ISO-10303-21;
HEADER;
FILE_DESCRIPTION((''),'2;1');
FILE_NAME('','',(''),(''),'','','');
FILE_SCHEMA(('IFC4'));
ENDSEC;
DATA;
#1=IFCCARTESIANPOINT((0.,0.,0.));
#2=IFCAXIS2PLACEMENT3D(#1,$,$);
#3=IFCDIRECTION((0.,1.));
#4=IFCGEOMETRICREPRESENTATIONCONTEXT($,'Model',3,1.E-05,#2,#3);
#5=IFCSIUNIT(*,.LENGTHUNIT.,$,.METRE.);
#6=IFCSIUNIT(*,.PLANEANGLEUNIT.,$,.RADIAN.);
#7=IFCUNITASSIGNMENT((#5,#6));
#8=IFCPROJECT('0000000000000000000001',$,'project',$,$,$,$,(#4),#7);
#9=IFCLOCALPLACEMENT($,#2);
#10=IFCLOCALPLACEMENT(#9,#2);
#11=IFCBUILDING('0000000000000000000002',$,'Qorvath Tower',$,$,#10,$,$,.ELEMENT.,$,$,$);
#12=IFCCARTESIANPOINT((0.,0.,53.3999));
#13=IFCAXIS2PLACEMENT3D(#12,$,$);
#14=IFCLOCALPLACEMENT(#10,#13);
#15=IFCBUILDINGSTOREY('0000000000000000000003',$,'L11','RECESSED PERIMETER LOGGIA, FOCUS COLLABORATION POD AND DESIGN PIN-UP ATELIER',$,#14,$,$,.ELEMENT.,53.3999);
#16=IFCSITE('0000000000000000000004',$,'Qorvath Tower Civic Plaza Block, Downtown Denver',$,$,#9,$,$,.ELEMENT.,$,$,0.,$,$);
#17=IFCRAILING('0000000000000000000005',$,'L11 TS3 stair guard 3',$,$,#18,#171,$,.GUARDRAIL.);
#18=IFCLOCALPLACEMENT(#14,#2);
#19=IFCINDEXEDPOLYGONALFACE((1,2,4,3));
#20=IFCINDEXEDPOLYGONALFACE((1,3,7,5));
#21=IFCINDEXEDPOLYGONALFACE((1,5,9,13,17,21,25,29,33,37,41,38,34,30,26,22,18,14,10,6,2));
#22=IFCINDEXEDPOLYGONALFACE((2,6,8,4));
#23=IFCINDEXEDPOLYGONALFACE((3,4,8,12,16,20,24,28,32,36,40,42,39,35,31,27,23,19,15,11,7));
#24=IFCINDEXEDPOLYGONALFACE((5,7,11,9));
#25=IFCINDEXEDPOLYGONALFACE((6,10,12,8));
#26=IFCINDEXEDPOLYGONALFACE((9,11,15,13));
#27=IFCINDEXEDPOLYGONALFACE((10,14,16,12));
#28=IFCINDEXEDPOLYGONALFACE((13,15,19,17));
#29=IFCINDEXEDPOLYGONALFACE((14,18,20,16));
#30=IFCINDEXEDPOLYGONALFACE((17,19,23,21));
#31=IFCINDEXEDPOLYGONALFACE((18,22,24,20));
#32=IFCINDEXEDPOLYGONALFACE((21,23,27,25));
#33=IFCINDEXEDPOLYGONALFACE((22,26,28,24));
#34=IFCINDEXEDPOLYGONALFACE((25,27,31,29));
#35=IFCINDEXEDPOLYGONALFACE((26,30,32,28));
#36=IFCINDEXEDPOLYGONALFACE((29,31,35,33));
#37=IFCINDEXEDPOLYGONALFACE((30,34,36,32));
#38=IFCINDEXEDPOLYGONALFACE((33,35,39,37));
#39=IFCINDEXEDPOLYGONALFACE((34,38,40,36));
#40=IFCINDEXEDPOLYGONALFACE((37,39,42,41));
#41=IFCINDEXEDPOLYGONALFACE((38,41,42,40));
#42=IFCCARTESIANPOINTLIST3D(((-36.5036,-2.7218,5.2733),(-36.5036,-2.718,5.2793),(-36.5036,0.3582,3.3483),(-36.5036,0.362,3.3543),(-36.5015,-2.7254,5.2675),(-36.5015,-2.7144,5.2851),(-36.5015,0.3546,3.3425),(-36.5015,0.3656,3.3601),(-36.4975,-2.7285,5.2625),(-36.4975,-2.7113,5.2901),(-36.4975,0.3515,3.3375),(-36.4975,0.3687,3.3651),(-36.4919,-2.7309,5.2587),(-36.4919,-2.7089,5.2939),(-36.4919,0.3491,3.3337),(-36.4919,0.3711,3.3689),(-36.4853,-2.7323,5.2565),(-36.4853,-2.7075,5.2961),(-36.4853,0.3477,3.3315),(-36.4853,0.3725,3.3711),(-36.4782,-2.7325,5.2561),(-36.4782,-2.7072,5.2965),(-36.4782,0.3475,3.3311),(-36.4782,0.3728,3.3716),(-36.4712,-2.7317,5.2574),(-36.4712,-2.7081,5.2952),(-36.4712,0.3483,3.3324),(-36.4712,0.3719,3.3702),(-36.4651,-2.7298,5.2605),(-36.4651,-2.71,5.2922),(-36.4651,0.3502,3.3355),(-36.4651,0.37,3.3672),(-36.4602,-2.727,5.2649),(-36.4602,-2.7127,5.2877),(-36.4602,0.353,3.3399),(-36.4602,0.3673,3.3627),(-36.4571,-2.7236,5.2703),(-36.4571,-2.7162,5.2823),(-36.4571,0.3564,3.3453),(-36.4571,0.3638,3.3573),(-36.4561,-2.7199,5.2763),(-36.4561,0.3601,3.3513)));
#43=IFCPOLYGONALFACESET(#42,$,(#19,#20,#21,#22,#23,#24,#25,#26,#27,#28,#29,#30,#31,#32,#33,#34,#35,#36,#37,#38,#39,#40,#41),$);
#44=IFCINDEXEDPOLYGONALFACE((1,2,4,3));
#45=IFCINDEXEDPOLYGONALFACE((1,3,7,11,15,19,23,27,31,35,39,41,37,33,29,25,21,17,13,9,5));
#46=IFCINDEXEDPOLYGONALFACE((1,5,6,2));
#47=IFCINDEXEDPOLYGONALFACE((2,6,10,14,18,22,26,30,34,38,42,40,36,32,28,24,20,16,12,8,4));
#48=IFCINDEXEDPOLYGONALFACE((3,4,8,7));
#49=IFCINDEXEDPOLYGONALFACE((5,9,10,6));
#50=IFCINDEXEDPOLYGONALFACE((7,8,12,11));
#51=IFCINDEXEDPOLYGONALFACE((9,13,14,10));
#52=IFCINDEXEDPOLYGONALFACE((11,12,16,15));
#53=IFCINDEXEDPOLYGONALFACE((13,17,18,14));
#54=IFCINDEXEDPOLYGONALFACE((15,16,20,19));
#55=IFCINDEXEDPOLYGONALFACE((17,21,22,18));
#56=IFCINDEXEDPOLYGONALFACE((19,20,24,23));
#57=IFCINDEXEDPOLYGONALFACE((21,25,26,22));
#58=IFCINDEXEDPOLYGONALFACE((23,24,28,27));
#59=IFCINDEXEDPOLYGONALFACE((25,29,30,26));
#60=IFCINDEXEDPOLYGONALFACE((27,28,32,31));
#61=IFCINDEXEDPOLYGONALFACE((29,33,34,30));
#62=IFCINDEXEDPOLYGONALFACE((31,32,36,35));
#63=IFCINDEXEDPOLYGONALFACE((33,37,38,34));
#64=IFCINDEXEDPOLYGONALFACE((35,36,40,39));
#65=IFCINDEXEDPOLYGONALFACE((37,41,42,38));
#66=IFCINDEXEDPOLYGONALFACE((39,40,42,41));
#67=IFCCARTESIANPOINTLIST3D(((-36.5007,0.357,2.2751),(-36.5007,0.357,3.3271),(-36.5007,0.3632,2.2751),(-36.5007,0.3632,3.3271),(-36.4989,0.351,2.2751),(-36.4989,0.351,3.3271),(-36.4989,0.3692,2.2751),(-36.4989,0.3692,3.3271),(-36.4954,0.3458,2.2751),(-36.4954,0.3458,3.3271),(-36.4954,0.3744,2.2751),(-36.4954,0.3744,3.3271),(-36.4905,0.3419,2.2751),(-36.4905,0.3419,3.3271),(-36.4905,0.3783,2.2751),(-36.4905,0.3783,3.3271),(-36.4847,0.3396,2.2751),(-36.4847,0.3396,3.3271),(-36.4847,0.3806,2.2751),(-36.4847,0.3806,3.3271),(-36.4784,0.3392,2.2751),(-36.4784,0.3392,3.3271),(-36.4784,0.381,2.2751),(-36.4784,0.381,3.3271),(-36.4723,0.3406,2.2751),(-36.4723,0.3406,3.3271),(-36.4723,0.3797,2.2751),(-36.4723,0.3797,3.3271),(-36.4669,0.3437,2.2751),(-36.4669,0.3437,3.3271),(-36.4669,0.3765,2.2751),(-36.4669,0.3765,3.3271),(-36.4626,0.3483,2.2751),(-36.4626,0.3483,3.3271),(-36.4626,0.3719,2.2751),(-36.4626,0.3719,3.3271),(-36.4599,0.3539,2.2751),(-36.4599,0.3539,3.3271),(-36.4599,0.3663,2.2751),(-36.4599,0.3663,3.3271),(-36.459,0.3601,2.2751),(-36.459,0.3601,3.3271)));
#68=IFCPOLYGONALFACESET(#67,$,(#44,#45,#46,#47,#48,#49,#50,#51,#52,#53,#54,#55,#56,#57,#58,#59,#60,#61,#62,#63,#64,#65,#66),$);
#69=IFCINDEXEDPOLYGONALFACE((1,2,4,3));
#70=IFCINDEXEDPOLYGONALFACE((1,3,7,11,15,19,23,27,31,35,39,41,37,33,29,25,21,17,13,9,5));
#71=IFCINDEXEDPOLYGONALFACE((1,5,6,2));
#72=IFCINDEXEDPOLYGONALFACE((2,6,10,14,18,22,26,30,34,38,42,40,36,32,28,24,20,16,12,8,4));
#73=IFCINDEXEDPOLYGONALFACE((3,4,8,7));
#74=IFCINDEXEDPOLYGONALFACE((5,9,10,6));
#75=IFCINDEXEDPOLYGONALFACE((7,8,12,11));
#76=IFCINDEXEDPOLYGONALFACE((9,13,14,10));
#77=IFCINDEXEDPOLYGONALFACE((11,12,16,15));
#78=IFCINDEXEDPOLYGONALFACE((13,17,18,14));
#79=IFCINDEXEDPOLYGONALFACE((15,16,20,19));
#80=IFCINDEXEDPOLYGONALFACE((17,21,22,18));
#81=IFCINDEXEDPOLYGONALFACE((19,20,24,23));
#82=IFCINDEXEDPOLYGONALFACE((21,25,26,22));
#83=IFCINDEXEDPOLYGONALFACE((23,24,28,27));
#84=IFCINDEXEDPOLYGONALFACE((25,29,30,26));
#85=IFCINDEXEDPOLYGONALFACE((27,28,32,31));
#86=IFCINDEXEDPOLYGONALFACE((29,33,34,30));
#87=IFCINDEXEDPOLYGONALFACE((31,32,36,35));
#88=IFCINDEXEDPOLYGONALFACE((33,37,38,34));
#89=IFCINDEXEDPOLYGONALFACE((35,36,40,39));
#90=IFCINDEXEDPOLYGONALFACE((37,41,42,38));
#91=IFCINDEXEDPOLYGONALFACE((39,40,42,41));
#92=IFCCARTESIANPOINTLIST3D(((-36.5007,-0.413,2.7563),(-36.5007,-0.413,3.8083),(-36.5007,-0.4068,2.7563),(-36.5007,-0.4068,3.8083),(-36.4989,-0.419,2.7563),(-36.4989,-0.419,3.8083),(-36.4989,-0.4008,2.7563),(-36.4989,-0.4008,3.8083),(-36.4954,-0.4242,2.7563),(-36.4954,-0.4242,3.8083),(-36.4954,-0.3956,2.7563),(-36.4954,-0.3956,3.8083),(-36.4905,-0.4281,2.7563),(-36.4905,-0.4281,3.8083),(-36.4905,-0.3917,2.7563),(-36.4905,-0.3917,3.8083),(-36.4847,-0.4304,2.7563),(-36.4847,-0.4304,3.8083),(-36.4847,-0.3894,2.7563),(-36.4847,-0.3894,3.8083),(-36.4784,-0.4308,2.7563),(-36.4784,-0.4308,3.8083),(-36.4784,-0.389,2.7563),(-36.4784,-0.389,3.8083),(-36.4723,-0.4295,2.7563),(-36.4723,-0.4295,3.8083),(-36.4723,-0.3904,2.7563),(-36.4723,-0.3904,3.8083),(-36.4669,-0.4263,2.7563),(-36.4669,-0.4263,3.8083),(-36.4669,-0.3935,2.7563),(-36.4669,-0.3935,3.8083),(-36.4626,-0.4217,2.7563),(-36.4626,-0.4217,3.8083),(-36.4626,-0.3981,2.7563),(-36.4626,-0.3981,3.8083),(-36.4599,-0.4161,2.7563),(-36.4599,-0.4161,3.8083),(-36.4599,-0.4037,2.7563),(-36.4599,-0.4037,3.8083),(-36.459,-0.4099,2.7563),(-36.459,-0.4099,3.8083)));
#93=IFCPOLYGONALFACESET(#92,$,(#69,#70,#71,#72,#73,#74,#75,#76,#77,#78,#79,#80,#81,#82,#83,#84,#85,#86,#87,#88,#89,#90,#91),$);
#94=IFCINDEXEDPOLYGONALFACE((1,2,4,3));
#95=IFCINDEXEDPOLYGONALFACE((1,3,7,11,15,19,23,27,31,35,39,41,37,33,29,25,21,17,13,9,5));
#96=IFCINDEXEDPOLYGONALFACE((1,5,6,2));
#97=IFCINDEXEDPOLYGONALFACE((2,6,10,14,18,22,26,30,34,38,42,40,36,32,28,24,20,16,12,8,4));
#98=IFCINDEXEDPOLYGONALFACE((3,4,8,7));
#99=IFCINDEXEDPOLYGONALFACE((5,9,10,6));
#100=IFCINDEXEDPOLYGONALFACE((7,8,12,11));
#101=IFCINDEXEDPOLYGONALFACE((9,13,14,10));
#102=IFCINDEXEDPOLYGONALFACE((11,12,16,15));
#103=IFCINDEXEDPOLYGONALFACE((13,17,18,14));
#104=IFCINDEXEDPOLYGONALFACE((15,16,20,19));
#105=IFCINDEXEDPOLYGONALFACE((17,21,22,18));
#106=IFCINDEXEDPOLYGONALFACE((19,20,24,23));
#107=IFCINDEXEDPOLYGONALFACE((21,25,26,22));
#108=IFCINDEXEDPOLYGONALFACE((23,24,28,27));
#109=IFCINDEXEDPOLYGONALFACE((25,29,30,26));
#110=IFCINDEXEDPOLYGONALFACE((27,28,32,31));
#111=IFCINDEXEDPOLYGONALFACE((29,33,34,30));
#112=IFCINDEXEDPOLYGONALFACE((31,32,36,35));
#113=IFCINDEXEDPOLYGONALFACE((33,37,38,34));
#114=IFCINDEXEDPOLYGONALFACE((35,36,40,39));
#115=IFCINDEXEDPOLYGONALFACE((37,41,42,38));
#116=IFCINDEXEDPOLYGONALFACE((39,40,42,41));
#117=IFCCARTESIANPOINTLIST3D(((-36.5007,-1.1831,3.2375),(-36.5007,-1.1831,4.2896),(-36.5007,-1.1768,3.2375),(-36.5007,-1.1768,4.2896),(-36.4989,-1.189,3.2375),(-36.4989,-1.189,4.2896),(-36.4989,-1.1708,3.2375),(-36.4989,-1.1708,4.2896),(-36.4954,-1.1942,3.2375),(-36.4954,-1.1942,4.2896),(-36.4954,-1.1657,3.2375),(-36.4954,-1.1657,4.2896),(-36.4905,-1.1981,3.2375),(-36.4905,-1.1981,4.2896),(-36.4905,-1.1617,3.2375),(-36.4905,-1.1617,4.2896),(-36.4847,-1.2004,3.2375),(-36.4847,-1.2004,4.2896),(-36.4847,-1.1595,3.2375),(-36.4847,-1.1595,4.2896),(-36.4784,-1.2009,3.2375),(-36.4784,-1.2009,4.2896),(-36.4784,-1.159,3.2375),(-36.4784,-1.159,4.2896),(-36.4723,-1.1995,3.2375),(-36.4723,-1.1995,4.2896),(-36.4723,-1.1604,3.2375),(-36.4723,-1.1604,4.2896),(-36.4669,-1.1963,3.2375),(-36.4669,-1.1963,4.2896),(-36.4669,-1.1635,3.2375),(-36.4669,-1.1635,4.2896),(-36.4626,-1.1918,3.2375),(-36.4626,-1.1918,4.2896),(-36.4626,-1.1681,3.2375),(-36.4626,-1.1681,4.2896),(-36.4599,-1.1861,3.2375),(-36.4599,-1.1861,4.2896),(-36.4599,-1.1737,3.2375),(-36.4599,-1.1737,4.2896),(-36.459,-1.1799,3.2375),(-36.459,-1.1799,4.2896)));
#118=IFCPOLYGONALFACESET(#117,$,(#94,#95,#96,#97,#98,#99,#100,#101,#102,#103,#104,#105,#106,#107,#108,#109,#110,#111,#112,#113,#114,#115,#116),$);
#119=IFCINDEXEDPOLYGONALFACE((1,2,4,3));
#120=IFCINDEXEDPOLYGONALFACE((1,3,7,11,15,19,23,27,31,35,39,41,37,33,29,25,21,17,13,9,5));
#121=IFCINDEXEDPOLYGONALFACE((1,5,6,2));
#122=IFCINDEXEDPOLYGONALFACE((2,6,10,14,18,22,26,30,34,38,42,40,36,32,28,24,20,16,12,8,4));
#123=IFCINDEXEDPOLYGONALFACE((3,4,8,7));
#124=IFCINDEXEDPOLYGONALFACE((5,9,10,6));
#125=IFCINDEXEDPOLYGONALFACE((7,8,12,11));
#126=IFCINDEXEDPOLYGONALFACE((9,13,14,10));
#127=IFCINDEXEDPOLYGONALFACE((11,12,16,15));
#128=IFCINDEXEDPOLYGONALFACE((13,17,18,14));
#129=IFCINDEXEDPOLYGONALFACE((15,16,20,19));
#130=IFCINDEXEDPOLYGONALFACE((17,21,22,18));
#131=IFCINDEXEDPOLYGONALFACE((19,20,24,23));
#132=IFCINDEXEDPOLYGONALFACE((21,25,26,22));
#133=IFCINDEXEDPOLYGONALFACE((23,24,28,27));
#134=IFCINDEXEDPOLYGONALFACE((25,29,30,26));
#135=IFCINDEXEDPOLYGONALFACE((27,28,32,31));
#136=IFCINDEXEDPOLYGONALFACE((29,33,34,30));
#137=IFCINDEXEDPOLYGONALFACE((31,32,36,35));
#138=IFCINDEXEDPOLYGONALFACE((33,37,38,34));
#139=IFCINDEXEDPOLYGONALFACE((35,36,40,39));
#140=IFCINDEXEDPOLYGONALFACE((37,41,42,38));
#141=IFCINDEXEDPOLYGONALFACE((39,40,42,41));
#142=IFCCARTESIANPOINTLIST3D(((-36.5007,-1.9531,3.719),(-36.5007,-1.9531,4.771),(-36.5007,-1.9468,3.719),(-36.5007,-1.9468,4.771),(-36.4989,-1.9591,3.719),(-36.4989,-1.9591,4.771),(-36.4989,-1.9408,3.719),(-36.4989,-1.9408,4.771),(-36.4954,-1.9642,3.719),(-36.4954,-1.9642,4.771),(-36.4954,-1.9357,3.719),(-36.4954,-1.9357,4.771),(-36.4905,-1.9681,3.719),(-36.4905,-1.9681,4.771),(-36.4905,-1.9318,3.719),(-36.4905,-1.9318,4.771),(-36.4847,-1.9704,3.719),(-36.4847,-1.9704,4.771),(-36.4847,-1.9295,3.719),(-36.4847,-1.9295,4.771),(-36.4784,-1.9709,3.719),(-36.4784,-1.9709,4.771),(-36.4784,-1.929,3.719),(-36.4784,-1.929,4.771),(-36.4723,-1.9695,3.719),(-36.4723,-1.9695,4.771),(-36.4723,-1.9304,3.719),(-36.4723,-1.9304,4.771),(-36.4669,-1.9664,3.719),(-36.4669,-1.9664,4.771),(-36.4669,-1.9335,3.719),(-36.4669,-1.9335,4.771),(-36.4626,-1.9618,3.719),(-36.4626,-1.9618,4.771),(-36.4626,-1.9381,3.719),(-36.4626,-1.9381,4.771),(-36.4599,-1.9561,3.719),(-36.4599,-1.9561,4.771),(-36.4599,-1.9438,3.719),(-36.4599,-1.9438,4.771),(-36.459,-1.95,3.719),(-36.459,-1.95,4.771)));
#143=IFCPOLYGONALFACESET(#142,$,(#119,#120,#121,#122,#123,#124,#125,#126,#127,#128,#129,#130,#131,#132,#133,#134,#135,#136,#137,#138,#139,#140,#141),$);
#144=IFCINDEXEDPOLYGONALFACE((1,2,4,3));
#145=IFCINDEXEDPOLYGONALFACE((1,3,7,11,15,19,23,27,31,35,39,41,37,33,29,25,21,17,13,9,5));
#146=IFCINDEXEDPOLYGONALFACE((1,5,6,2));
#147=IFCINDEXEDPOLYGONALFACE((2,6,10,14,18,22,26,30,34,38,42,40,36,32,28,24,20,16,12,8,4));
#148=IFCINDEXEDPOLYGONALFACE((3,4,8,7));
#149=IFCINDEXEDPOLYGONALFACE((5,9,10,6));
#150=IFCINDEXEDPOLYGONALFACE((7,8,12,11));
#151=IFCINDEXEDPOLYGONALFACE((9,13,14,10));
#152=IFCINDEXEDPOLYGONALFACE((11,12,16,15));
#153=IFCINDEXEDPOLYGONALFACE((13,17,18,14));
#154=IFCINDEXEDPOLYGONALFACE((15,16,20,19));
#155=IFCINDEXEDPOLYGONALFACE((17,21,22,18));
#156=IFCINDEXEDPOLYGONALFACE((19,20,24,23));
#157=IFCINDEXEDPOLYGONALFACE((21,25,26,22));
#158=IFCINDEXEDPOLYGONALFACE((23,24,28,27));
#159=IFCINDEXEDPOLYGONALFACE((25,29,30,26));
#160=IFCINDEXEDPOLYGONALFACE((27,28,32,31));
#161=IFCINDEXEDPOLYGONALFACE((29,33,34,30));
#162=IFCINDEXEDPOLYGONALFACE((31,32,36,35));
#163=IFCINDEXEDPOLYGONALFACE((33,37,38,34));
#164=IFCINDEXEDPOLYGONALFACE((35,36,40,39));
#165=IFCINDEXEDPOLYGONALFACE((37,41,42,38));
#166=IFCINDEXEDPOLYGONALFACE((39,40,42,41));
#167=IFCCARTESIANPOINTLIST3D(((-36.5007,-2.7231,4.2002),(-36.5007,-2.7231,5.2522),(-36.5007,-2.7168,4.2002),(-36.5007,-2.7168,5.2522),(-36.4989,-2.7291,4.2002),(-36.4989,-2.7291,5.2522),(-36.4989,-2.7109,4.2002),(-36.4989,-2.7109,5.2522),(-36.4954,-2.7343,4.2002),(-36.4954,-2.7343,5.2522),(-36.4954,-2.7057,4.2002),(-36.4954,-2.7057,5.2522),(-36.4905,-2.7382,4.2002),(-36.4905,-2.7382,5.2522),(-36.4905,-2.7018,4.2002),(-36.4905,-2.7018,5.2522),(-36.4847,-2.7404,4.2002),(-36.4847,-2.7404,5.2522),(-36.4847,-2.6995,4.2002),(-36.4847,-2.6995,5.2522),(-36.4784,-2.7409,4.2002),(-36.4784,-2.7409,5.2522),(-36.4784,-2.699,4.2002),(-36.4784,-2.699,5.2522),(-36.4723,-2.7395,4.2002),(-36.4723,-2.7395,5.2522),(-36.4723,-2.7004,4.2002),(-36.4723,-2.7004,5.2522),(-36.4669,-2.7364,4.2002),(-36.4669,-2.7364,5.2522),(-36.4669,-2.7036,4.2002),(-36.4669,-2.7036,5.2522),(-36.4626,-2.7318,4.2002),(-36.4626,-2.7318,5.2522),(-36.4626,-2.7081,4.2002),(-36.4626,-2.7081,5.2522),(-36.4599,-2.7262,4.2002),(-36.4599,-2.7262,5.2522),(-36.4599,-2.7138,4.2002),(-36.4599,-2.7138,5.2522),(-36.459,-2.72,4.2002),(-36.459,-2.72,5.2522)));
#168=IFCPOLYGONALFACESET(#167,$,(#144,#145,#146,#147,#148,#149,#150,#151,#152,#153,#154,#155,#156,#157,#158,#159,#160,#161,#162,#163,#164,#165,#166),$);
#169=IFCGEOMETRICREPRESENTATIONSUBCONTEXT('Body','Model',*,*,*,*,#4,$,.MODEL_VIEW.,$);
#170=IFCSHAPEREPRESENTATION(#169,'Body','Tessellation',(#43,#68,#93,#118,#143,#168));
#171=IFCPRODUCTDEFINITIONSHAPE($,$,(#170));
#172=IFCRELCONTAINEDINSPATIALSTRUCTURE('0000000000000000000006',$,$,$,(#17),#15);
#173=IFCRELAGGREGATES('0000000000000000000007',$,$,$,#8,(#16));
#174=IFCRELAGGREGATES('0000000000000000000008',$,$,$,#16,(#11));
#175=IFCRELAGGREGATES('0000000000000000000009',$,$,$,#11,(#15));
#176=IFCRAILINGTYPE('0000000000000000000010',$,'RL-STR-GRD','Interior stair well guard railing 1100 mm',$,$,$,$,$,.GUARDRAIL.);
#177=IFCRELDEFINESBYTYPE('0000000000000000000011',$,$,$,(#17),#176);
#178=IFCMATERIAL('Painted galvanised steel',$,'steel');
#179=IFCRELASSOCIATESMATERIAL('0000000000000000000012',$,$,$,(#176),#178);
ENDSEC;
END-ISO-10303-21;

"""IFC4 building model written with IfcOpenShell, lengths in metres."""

from ifc_helpers import new_model, si_unit, direction, frame, origin, origin_2d, place, context, subcontext, project, spatial, circle, extrude, material, type_object, element, save


model = new_model("IFC4")

# Units and contexts
model_context = context("Model", 3, precision=1e-05, world=origin(), true_north=direction((0.0, 1.0)))
body_context = subcontext(model_context, "Body", "Model", "MODEL_VIEW")
ifc_project = project(units=[si_unit("LENGTHUNIT", "METRE"), si_unit("PLANEANGLEUNIT", "RADIAN")], contexts=[model_context])

# Site, building, storey
site_placement = place(None, origin())
site = spatial("IfcSite", under=ifc_project, at=site_placement, Name="Qorvath Tower Civic Plaza Block, Downtown Denver", CompositionType="ELEMENT", RefElevation=0.0)
building_placement = place(site_placement, origin())
building = spatial("IfcBuilding", under=site, at=building_placement, Name="Qorvath Tower", CompositionType="ELEMENT")
storey_placement = place(building_placement, frame((0.0, 0.0, 53.3999)))
storey = spatial("IfcBuildingStorey", under=building, at=storey_placement, Name="L11", Description="RECESSED PERIMETER LOGGIA, FOCUS COLLABORATION POD AND DESIGN PIN-UP ATELIER", CompositionType="ELEMENT", Elevation=53.3999)

# Railing
ifc_material_1 = material(Name="Painted galvanised steel", Category="steel")
railing_type_1 = type_object("IfcRailingType", Name="RL-STR-GRD", Description="Interior stair well guard railing 1100 mm", PredefinedType="GUARDRAIL", material=ifc_material_1)
railing_1_placement = place(storey_placement, frame((-36.48, 0.3601, 2.2751)))
element("IfcRailing", 1, at=railing_1_placement, inside=storey, type_object=railing_type_1, Name="L11 TS3 stair guard 3", PredefinedType="GUARDRAIL", context=body_context, shape_type="SweptSolid", body=[
    extrude(circle(Radius=0.0239, at=origin_2d()), frame((0.0, 0.0, 1.0762), z_axis=(0.0, -0.847998, 0.529999), x_axis=(1.0, 0.0, 0.0)), (0.0, 0.0, 1.0), 3.6321),
    extrude(circle(Radius=0.021, at=origin_2d()), origin(), (0.0, 0.0, 1.0), 1.052),
    extrude(circle(Radius=0.021, at=origin_2d()), frame((0.0, -0.77, 0.4812)), (0.0, 0.0, 1.0), 1.052),
    extrude(circle(Radius=0.021, at=origin_2d()), frame((0.0, -1.54, 0.9624)), (0.0, 0.0, 1.0), 1.052),
    extrude(circle(Radius=0.021, at=origin_2d()), frame((0.0, -2.3101, 1.4438)), (0.0, 0.0, 1.0), 1.052),
    extrude(circle(Radius=0.021, at=origin_2d()), frame((0.0, -3.0801, 1.925)), (0.0, 0.0, 1.0), 1.052),
])

save(model, "model.ifc")
